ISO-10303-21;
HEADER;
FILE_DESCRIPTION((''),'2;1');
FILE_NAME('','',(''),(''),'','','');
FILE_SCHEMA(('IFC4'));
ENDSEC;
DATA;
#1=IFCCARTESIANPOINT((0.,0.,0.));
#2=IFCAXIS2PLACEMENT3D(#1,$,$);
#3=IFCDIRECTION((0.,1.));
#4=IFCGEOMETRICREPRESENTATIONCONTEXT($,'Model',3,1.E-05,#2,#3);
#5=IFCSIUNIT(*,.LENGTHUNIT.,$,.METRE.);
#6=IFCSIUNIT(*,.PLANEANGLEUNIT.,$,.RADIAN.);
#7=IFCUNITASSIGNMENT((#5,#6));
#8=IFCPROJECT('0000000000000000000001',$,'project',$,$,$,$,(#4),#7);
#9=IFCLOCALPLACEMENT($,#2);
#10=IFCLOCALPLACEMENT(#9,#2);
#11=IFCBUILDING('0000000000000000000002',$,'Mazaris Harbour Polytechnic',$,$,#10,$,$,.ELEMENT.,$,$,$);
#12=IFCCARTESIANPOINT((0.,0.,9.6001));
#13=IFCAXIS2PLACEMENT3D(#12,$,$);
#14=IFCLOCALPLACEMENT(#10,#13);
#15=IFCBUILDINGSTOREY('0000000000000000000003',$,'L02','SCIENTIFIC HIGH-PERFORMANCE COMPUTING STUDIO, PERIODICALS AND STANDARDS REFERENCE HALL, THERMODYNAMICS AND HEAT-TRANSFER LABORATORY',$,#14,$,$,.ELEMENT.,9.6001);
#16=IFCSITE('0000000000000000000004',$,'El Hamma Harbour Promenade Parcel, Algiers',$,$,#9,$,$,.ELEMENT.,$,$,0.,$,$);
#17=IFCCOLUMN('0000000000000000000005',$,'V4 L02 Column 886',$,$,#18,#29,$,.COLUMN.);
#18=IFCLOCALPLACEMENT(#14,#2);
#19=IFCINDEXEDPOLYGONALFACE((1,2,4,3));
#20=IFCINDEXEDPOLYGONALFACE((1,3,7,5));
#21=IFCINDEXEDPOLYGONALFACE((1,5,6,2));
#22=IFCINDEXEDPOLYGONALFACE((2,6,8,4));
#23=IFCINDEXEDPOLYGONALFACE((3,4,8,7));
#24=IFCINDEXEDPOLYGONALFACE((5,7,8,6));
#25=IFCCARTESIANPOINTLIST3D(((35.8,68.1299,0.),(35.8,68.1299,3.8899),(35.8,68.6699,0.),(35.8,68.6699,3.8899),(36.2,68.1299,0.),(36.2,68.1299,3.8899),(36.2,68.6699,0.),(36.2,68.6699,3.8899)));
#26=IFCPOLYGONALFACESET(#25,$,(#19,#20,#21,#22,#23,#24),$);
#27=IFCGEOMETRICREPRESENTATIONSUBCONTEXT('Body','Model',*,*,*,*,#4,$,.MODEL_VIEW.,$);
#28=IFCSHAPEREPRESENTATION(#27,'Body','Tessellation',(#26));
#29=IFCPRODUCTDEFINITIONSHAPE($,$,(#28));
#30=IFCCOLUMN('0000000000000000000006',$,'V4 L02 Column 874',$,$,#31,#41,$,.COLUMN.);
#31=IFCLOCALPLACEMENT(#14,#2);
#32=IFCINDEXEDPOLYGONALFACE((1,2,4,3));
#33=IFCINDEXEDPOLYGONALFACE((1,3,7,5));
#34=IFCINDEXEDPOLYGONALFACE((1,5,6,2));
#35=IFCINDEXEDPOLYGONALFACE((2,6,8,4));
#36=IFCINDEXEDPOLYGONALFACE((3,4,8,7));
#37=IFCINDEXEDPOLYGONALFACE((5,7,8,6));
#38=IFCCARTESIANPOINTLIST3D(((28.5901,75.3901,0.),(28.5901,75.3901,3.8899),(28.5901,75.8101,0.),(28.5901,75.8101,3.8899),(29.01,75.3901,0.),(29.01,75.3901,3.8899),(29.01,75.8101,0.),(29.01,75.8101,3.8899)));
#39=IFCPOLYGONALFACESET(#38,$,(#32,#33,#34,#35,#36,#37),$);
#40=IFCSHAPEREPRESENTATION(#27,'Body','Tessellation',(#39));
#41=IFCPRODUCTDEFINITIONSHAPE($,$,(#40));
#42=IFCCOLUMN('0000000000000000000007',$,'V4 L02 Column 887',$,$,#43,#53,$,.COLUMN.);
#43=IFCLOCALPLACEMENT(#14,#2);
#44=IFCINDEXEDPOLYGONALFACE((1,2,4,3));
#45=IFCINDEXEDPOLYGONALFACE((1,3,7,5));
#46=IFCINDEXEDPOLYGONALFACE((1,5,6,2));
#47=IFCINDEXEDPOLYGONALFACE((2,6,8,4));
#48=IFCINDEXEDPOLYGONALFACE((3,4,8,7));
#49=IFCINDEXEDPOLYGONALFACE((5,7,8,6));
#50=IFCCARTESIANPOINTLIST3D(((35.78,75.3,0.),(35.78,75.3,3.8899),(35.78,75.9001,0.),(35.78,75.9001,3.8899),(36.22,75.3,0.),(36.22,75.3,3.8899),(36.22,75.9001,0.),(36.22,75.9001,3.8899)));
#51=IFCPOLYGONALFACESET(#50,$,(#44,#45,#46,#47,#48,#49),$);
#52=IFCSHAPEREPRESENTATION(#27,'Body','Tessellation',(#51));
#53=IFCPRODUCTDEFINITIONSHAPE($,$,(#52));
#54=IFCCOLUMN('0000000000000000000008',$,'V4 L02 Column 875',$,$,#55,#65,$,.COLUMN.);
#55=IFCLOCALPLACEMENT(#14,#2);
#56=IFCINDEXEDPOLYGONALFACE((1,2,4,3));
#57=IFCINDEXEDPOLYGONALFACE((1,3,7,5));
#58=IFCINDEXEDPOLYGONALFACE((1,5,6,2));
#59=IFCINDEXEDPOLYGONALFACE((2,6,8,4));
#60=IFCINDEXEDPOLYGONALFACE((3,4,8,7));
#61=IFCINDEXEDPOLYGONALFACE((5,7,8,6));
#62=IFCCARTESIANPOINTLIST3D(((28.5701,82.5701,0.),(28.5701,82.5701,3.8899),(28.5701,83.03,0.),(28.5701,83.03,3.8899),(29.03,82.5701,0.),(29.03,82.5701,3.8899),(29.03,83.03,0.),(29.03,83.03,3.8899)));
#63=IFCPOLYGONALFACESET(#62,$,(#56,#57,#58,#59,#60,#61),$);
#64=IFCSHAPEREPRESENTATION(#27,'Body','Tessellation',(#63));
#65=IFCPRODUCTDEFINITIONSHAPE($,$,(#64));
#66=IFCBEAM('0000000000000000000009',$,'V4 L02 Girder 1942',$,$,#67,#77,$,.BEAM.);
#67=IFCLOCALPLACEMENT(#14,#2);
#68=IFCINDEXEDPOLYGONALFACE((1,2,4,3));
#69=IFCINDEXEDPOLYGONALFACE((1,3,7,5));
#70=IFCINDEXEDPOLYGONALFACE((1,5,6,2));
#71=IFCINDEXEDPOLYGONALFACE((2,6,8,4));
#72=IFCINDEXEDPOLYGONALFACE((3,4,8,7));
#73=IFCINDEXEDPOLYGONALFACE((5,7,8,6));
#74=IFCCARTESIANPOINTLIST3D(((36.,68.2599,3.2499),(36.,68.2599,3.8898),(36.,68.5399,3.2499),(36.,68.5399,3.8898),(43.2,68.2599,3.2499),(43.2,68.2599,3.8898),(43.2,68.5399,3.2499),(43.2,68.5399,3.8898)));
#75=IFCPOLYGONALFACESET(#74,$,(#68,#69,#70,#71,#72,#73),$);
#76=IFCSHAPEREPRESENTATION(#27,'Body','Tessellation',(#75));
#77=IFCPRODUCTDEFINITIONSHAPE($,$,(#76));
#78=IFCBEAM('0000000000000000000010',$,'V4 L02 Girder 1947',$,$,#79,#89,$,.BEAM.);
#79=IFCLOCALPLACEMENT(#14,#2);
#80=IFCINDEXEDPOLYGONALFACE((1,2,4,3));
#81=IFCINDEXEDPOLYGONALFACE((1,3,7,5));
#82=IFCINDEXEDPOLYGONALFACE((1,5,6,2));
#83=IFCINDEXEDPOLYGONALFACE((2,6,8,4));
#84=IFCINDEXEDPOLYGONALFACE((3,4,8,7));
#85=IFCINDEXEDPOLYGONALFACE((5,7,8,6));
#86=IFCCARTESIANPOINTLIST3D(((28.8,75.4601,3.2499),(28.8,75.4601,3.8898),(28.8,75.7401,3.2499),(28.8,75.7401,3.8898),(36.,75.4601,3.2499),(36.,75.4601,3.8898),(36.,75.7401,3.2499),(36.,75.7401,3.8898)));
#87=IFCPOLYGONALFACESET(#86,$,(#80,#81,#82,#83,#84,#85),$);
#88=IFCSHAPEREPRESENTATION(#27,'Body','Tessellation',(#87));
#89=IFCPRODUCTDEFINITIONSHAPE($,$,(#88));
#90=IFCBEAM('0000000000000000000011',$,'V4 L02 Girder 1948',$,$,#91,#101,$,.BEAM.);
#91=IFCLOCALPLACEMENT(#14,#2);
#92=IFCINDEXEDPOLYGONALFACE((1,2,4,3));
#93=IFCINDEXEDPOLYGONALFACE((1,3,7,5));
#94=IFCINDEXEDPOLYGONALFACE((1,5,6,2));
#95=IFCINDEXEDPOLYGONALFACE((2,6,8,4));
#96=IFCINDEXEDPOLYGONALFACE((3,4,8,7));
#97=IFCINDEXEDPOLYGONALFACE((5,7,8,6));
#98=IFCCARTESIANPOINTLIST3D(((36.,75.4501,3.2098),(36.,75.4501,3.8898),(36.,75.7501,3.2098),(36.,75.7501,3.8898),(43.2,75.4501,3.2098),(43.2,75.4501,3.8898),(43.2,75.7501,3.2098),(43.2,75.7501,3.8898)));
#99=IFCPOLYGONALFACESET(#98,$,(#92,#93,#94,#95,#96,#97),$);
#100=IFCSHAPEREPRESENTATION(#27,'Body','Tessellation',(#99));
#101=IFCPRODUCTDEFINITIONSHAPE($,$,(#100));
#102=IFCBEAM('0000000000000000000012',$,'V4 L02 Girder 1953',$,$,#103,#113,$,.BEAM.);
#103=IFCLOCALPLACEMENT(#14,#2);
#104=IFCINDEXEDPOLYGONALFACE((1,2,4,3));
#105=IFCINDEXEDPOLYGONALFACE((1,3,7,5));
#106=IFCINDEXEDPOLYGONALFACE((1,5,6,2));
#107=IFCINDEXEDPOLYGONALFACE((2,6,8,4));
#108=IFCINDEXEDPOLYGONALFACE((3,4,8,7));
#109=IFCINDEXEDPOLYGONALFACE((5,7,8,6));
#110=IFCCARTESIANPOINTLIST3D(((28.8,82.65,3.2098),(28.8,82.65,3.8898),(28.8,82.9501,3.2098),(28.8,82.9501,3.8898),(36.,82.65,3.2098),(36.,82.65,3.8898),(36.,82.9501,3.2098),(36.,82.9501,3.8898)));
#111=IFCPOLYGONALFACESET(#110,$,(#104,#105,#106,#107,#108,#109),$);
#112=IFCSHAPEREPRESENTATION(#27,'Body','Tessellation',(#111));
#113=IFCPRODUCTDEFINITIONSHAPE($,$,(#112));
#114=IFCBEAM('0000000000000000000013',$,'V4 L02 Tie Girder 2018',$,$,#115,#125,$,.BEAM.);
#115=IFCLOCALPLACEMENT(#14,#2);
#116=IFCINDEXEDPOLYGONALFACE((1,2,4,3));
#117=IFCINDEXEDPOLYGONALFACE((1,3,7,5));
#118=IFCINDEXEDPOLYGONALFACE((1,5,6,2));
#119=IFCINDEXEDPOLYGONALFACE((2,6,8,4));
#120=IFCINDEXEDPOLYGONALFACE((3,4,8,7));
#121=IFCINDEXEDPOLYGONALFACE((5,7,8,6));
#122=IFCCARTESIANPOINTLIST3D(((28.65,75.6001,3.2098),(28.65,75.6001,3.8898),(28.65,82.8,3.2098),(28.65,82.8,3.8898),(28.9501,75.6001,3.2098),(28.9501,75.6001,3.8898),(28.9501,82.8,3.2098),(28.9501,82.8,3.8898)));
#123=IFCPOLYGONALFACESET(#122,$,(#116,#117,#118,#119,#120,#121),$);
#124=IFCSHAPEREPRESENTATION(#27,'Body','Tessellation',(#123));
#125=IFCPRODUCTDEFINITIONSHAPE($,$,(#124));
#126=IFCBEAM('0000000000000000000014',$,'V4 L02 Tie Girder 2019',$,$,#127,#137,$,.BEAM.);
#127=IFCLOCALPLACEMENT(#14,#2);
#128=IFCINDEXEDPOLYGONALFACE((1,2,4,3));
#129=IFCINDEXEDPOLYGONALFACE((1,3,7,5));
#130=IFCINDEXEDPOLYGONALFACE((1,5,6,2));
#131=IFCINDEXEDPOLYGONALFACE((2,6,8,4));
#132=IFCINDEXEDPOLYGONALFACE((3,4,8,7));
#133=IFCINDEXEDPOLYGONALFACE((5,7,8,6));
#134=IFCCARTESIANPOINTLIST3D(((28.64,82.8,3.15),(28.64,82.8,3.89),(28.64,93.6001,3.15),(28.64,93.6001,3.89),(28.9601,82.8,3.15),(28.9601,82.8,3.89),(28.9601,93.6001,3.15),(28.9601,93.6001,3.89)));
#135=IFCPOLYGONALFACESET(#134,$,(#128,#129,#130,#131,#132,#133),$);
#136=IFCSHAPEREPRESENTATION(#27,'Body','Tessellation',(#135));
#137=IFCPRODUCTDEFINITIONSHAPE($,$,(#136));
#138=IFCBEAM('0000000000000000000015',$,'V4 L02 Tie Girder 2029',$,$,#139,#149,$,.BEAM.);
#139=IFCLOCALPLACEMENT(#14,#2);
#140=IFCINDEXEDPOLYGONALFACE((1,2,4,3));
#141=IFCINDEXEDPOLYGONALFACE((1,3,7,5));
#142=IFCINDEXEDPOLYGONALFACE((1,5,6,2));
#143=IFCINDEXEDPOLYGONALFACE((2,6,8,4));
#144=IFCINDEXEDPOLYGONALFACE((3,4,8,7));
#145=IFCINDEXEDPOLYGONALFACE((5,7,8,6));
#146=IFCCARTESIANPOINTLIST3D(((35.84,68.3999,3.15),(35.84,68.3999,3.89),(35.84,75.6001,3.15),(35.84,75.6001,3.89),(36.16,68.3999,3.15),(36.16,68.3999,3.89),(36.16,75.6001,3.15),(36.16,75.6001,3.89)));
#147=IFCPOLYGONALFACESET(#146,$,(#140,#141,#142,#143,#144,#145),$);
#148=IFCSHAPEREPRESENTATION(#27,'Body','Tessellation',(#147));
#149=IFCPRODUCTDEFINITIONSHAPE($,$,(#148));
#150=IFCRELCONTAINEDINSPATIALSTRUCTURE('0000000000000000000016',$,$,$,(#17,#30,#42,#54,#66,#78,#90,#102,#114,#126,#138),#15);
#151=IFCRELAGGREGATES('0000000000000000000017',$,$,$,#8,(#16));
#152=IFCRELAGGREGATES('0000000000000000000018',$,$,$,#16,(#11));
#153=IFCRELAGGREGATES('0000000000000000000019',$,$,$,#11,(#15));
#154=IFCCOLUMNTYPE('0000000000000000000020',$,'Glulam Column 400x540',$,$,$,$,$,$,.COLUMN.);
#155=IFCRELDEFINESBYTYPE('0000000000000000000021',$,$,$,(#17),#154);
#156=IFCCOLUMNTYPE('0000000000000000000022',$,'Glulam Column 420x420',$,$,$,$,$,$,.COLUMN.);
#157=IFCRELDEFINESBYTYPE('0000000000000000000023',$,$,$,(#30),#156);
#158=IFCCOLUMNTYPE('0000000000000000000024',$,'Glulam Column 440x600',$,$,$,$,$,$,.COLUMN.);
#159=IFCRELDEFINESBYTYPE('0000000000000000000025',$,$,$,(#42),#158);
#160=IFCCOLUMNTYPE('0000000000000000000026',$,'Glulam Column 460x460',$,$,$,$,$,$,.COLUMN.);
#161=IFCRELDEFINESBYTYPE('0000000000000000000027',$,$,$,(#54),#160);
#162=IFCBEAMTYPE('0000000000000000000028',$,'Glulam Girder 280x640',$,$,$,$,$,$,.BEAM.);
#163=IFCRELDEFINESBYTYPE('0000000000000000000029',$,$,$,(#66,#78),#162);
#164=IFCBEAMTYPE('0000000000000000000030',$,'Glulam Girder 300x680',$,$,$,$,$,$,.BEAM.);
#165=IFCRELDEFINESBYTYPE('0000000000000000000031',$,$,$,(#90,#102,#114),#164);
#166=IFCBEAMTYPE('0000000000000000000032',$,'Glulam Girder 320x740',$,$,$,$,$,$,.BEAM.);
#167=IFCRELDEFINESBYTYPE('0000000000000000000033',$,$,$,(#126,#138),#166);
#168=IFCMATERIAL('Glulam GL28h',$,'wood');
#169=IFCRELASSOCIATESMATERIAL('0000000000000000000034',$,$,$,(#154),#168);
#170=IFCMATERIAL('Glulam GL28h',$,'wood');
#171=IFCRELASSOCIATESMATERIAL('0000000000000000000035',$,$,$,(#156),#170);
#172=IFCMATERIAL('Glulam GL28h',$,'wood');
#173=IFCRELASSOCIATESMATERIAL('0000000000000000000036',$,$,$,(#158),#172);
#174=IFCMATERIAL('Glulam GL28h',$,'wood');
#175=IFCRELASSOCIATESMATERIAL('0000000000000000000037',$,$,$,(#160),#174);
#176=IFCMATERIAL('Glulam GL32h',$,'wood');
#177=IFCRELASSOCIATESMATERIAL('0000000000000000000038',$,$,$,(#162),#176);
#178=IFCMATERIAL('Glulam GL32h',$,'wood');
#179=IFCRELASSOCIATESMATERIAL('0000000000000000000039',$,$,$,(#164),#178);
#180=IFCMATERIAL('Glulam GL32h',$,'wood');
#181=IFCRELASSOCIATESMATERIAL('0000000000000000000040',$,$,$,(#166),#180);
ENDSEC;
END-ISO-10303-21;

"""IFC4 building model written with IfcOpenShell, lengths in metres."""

from ifc_helpers import new_model, si_unit, direction, frame, origin, origin_2d, place, context, subcontext, project, spatial, rectangle, extrude, material, material_profile, profile_set, type_object, element, save


model = new_model("IFC4")

# Units and contexts
model_context = context("Model", 3, precision=1e-05, world=origin(), true_north=direction((0.0, 1.0)))
body_context = subcontext(model_context, "Body", "Model", "MODEL_VIEW")
ifc_project = project(units=[si_unit("LENGTHUNIT", "METRE"), si_unit("PLANEANGLEUNIT", "RADIAN")], contexts=[model_context])

# Site, building, storey
site_placement = place(None, origin())
site = spatial("IfcSite", under=ifc_project, at=site_placement, Name="El Hamma Harbour Promenade Parcel, Algiers", CompositionType="ELEMENT", RefElevation=0.0)
building_placement = place(site_placement, origin())
building = spatial("IfcBuilding", under=site, at=building_placement, Name="Mazaris Harbour Polytechnic", CompositionType="ELEMENT")
storey_placement = place(building_placement, frame((0.0, 0.0, 9.6001)))
storey = spatial("IfcBuildingStorey", under=building, at=storey_placement, Name="L02", Description="SCIENTIFIC HIGH-PERFORMANCE COMPUTING STUDIO, PERIODICALS AND STANDARDS REFERENCE HALL, THERMODYNAMICS AND HEAT-TRANSFER LABORATORY", CompositionType="ELEMENT", Elevation=9.6001)

# Columns
ifc_material_1 = material(Name="Glulam GL28h", Category="wood")
ifc_material_profile_1 = material_profile(ifc_material_1, rectangle(XDim=0.3999, YDim=0.54, at=origin_2d()), Name="RECT400x540")
ifc_profile_set_1 = profile_set([ifc_material_profile_1], Name="Glulam GL28h")
column_type_1 = type_object("IfcColumnType", Name="Glulam Column 400x540", PredefinedType="COLUMN", material=ifc_profile_set_1)
column_1_placement = place(storey_placement, frame((36.0, 68.3999, 0.0), z_axis=(0.0, 0.0, 1.0), x_axis=(1.0, 0.0, 0.0)))
element("IfcColumn", 1, at=column_1_placement, inside=storey, type_object=column_type_1, Name="V4 L02 Column 886", PredefinedType="COLUMN", context=body_context, shape_type="SweptSolid", body=[
    extrude(rectangle(XDim=0.3999, YDim=0.54, at=origin_2d()), origin(), (0.0, 0.0, 1.0), 3.8899),
])
ifc_material_2 = material(Name="Glulam GL28h", Category="wood")
ifc_material_profile_2 = material_profile(ifc_material_2, rectangle(XDim=0.4199, YDim=0.4199, at=origin_2d()), Name="RECT420x420")
ifc_profile_set_2 = profile_set([ifc_material_profile_2], Name="Glulam GL28h")
column_type_2 = type_object("IfcColumnType", Name="Glulam Column 420x420", PredefinedType="COLUMN", material=ifc_profile_set_2)
column_2_placement = place(storey_placement, frame((28.8, 75.6001, 0.0), z_axis=(0.0, 0.0, 1.0), x_axis=(1.0, 0.0, 0.0)))
element("IfcColumn", 2, at=column_2_placement, inside=storey, type_object=column_type_2, Name="V4 L02 Column 874", PredefinedType="COLUMN", context=body_context, shape_type="SweptSolid", body=[
    extrude(rectangle(XDim=0.4199, YDim=0.4199, at=origin_2d()), origin(), (0.0, 0.0, 1.0), 3.8899),
])
ifc_material_3 = material(Name="Glulam GL28h", Category="wood")
ifc_material_profile_3 = material_profile(ifc_material_3, rectangle(XDim=0.4399, YDim=0.6001, at=origin_2d()), Name="RECT440x600")
ifc_profile_set_3 = profile_set([ifc_material_profile_3], Name="Glulam GL28h")
column_type_3 = type_object("IfcColumnType", Name="Glulam Column 440x600", PredefinedType="COLUMN", material=ifc_profile_set_3)
column_3_placement = place(storey_placement, frame((36.0, 75.6001, 0.0), z_axis=(0.0, 0.0, 1.0), x_axis=(1.0, 0.0, 0.0)))
element("IfcColumn", 3, at=column_3_placement, inside=storey, type_object=column_type_3, Name="V4 L02 Column 887", PredefinedType="COLUMN", context=body_context, shape_type="SweptSolid", body=[
    extrude(rectangle(XDim=0.4399, YDim=0.6001, at=origin_2d()), origin(), (0.0, 0.0, 1.0), 3.8899),
])
ifc_material_4 = material(Name="Glulam GL28h", Category="wood")
ifc_material_profile_4 = material_profile(ifc_material_4, rectangle(XDim=0.46, YDim=0.46, at=origin_2d()), Name="RECT460x460")
ifc_profile_set_4 = profile_set([ifc_material_profile_4], Name="Glulam GL28h")
column_type_4 = type_object("IfcColumnType", Name="Glulam Column 460x460", PredefinedType="COLUMN", material=ifc_profile_set_4)
column_4_placement = place(storey_placement, frame((28.8, 82.8, 0.0), z_axis=(0.0, 0.0, 1.0), x_axis=(1.0, 0.0, 0.0)))
element("IfcColumn", 4, at=column_4_placement, inside=storey, type_object=column_type_4, Name="V4 L02 Column 875", PredefinedType="COLUMN", context=body_context, shape_type="SweptSolid", body=[
    extrude(rectangle(XDim=0.46, YDim=0.46, at=origin_2d()), origin(), (0.0, 0.0, 1.0), 3.8899),
])

# Beams
ifc_material_5 = material(Name="Glulam GL32h", Category="wood")
ifc_material_profile_5 = material_profile(ifc_material_5, rectangle(XDim=0.28, YDim=0.6399, at=origin_2d()), Name="RECT280x640")
ifc_profile_set_5 = profile_set([ifc_material_profile_5], Name="Glulam GL32h")
beam_type_1 = type_object("IfcBeamType", Name="Glulam Girder 280x640", PredefinedType="BEAM", material=ifc_profile_set_5)
for number, where, z_axis, x_axis, name in (
    (5, (36.0, 68.3999, 3.5698), (1.0, 0.0, 0.0), (0.0, 1.0, 0.0), "V4 L02 Girder 1942"),
    (6, (28.8, 75.6001, 3.5698), (1.0, 0.0, 0.0), (0.0, 1.0, 0.0), "V4 L02 Girder 1947"),
):
    element("IfcBeam", number, at=place(storey_placement, frame(where, z_axis=z_axis, x_axis=x_axis)), inside=storey, type_object=beam_type_1, Name=name, PredefinedType="BEAM", context=body_context, shape_type="SweptSolid", body=[
        extrude(rectangle(XDim=0.28, YDim=0.6399, at=origin_2d()), origin(), (0.0, 0.0, 1.0), 7.2),
    ])
ifc_material_6 = material(Name="Glulam GL32h", Category="wood")
ifc_material_profile_6 = material_profile(ifc_material_6, rectangle(XDim=0.3, YDim=0.6799, at=origin_2d()), Name="RECT300x680")
ifc_profile_set_6 = profile_set([ifc_material_profile_6], Name="Glulam GL32h")
beam_type_2 = type_object("IfcBeamType", Name="Glulam Girder 300x680", PredefinedType="BEAM", material=ifc_profile_set_6)
for number, where, z_axis, x_axis, name in (
    (7, (36.0, 75.6001, 3.5498), (1.0, 0.0, 0.0), (0.0, 1.0, 0.0), "V4 L02 Girder 1948"),
    (8, (28.8, 82.8, 3.5498), (1.0, 0.0, 0.0), (0.0, 1.0, 0.0), "V4 L02 Girder 1953"),
    (9, (28.8, 75.6001, 3.5498), (0.0, 1.0, 0.0), (-1.0, 0.0, 0.0), "V4 L02 Tie Girder 2018"),
):
    element("IfcBeam", number, at=place(storey_placement, frame(where, z_axis=z_axis, x_axis=x_axis)), inside=storey, type_object=beam_type_2, Name=name, PredefinedType="BEAM", context=body_context, shape_type="SweptSolid", body=[
        extrude(rectangle(XDim=0.3, YDim=0.6799, at=origin_2d()), origin(), (0.0, 0.0, 1.0), 7.2),
    ])
ifc_material_7 = material(Name="Glulam GL32h", Category="wood")
ifc_material_profile_7 = material_profile(ifc_material_7, rectangle(XDim=0.3201, YDim=0.74, at=origin_2d()), Name="RECT320x740")
ifc_profile_set_7 = profile_set([ifc_material_profile_7], Name="Glulam GL32h")
beam_type_3 = type_object("IfcBeamType", Name="Glulam Girder 320x740", PredefinedType="BEAM", material=ifc_profile_set_7)
beam_1_placement = place(storey_placement, frame((28.8, 82.8, 3.52), z_axis=(0.0, 1.0, 0.0), x_axis=(-1.0, 0.0, 0.0)))
element("IfcBeam", 10, at=beam_1_placement, inside=storey, type_object=beam_type_3, Name="V4 L02 Tie Girder 2019", PredefinedType="BEAM", context=body_context, shape_type="SweptSolid", body=[
    extrude(rectangle(XDim=0.3201, YDim=0.74, at=origin_2d()), origin(), (0.0, 0.0, 1.0), 10.8),
])
beam_2_placement = place(storey_placement, frame((36.0, 68.3999, 3.52), z_axis=(0.0, 1.0, 0.0), x_axis=(-1.0, 0.0, 0.0)))
element("IfcBeam", 11, at=beam_2_placement, inside=storey, type_object=beam_type_3, Name="V4 L02 Tie Girder 2029", PredefinedType="BEAM", context=body_context, shape_type="SweptSolid", body=[
    extrude(rectangle(XDim=0.3201, YDim=0.74, at=origin_2d()), origin(), (0.0, 0.0, 1.0), 7.2002),
])

save(model, "model.ifc")
